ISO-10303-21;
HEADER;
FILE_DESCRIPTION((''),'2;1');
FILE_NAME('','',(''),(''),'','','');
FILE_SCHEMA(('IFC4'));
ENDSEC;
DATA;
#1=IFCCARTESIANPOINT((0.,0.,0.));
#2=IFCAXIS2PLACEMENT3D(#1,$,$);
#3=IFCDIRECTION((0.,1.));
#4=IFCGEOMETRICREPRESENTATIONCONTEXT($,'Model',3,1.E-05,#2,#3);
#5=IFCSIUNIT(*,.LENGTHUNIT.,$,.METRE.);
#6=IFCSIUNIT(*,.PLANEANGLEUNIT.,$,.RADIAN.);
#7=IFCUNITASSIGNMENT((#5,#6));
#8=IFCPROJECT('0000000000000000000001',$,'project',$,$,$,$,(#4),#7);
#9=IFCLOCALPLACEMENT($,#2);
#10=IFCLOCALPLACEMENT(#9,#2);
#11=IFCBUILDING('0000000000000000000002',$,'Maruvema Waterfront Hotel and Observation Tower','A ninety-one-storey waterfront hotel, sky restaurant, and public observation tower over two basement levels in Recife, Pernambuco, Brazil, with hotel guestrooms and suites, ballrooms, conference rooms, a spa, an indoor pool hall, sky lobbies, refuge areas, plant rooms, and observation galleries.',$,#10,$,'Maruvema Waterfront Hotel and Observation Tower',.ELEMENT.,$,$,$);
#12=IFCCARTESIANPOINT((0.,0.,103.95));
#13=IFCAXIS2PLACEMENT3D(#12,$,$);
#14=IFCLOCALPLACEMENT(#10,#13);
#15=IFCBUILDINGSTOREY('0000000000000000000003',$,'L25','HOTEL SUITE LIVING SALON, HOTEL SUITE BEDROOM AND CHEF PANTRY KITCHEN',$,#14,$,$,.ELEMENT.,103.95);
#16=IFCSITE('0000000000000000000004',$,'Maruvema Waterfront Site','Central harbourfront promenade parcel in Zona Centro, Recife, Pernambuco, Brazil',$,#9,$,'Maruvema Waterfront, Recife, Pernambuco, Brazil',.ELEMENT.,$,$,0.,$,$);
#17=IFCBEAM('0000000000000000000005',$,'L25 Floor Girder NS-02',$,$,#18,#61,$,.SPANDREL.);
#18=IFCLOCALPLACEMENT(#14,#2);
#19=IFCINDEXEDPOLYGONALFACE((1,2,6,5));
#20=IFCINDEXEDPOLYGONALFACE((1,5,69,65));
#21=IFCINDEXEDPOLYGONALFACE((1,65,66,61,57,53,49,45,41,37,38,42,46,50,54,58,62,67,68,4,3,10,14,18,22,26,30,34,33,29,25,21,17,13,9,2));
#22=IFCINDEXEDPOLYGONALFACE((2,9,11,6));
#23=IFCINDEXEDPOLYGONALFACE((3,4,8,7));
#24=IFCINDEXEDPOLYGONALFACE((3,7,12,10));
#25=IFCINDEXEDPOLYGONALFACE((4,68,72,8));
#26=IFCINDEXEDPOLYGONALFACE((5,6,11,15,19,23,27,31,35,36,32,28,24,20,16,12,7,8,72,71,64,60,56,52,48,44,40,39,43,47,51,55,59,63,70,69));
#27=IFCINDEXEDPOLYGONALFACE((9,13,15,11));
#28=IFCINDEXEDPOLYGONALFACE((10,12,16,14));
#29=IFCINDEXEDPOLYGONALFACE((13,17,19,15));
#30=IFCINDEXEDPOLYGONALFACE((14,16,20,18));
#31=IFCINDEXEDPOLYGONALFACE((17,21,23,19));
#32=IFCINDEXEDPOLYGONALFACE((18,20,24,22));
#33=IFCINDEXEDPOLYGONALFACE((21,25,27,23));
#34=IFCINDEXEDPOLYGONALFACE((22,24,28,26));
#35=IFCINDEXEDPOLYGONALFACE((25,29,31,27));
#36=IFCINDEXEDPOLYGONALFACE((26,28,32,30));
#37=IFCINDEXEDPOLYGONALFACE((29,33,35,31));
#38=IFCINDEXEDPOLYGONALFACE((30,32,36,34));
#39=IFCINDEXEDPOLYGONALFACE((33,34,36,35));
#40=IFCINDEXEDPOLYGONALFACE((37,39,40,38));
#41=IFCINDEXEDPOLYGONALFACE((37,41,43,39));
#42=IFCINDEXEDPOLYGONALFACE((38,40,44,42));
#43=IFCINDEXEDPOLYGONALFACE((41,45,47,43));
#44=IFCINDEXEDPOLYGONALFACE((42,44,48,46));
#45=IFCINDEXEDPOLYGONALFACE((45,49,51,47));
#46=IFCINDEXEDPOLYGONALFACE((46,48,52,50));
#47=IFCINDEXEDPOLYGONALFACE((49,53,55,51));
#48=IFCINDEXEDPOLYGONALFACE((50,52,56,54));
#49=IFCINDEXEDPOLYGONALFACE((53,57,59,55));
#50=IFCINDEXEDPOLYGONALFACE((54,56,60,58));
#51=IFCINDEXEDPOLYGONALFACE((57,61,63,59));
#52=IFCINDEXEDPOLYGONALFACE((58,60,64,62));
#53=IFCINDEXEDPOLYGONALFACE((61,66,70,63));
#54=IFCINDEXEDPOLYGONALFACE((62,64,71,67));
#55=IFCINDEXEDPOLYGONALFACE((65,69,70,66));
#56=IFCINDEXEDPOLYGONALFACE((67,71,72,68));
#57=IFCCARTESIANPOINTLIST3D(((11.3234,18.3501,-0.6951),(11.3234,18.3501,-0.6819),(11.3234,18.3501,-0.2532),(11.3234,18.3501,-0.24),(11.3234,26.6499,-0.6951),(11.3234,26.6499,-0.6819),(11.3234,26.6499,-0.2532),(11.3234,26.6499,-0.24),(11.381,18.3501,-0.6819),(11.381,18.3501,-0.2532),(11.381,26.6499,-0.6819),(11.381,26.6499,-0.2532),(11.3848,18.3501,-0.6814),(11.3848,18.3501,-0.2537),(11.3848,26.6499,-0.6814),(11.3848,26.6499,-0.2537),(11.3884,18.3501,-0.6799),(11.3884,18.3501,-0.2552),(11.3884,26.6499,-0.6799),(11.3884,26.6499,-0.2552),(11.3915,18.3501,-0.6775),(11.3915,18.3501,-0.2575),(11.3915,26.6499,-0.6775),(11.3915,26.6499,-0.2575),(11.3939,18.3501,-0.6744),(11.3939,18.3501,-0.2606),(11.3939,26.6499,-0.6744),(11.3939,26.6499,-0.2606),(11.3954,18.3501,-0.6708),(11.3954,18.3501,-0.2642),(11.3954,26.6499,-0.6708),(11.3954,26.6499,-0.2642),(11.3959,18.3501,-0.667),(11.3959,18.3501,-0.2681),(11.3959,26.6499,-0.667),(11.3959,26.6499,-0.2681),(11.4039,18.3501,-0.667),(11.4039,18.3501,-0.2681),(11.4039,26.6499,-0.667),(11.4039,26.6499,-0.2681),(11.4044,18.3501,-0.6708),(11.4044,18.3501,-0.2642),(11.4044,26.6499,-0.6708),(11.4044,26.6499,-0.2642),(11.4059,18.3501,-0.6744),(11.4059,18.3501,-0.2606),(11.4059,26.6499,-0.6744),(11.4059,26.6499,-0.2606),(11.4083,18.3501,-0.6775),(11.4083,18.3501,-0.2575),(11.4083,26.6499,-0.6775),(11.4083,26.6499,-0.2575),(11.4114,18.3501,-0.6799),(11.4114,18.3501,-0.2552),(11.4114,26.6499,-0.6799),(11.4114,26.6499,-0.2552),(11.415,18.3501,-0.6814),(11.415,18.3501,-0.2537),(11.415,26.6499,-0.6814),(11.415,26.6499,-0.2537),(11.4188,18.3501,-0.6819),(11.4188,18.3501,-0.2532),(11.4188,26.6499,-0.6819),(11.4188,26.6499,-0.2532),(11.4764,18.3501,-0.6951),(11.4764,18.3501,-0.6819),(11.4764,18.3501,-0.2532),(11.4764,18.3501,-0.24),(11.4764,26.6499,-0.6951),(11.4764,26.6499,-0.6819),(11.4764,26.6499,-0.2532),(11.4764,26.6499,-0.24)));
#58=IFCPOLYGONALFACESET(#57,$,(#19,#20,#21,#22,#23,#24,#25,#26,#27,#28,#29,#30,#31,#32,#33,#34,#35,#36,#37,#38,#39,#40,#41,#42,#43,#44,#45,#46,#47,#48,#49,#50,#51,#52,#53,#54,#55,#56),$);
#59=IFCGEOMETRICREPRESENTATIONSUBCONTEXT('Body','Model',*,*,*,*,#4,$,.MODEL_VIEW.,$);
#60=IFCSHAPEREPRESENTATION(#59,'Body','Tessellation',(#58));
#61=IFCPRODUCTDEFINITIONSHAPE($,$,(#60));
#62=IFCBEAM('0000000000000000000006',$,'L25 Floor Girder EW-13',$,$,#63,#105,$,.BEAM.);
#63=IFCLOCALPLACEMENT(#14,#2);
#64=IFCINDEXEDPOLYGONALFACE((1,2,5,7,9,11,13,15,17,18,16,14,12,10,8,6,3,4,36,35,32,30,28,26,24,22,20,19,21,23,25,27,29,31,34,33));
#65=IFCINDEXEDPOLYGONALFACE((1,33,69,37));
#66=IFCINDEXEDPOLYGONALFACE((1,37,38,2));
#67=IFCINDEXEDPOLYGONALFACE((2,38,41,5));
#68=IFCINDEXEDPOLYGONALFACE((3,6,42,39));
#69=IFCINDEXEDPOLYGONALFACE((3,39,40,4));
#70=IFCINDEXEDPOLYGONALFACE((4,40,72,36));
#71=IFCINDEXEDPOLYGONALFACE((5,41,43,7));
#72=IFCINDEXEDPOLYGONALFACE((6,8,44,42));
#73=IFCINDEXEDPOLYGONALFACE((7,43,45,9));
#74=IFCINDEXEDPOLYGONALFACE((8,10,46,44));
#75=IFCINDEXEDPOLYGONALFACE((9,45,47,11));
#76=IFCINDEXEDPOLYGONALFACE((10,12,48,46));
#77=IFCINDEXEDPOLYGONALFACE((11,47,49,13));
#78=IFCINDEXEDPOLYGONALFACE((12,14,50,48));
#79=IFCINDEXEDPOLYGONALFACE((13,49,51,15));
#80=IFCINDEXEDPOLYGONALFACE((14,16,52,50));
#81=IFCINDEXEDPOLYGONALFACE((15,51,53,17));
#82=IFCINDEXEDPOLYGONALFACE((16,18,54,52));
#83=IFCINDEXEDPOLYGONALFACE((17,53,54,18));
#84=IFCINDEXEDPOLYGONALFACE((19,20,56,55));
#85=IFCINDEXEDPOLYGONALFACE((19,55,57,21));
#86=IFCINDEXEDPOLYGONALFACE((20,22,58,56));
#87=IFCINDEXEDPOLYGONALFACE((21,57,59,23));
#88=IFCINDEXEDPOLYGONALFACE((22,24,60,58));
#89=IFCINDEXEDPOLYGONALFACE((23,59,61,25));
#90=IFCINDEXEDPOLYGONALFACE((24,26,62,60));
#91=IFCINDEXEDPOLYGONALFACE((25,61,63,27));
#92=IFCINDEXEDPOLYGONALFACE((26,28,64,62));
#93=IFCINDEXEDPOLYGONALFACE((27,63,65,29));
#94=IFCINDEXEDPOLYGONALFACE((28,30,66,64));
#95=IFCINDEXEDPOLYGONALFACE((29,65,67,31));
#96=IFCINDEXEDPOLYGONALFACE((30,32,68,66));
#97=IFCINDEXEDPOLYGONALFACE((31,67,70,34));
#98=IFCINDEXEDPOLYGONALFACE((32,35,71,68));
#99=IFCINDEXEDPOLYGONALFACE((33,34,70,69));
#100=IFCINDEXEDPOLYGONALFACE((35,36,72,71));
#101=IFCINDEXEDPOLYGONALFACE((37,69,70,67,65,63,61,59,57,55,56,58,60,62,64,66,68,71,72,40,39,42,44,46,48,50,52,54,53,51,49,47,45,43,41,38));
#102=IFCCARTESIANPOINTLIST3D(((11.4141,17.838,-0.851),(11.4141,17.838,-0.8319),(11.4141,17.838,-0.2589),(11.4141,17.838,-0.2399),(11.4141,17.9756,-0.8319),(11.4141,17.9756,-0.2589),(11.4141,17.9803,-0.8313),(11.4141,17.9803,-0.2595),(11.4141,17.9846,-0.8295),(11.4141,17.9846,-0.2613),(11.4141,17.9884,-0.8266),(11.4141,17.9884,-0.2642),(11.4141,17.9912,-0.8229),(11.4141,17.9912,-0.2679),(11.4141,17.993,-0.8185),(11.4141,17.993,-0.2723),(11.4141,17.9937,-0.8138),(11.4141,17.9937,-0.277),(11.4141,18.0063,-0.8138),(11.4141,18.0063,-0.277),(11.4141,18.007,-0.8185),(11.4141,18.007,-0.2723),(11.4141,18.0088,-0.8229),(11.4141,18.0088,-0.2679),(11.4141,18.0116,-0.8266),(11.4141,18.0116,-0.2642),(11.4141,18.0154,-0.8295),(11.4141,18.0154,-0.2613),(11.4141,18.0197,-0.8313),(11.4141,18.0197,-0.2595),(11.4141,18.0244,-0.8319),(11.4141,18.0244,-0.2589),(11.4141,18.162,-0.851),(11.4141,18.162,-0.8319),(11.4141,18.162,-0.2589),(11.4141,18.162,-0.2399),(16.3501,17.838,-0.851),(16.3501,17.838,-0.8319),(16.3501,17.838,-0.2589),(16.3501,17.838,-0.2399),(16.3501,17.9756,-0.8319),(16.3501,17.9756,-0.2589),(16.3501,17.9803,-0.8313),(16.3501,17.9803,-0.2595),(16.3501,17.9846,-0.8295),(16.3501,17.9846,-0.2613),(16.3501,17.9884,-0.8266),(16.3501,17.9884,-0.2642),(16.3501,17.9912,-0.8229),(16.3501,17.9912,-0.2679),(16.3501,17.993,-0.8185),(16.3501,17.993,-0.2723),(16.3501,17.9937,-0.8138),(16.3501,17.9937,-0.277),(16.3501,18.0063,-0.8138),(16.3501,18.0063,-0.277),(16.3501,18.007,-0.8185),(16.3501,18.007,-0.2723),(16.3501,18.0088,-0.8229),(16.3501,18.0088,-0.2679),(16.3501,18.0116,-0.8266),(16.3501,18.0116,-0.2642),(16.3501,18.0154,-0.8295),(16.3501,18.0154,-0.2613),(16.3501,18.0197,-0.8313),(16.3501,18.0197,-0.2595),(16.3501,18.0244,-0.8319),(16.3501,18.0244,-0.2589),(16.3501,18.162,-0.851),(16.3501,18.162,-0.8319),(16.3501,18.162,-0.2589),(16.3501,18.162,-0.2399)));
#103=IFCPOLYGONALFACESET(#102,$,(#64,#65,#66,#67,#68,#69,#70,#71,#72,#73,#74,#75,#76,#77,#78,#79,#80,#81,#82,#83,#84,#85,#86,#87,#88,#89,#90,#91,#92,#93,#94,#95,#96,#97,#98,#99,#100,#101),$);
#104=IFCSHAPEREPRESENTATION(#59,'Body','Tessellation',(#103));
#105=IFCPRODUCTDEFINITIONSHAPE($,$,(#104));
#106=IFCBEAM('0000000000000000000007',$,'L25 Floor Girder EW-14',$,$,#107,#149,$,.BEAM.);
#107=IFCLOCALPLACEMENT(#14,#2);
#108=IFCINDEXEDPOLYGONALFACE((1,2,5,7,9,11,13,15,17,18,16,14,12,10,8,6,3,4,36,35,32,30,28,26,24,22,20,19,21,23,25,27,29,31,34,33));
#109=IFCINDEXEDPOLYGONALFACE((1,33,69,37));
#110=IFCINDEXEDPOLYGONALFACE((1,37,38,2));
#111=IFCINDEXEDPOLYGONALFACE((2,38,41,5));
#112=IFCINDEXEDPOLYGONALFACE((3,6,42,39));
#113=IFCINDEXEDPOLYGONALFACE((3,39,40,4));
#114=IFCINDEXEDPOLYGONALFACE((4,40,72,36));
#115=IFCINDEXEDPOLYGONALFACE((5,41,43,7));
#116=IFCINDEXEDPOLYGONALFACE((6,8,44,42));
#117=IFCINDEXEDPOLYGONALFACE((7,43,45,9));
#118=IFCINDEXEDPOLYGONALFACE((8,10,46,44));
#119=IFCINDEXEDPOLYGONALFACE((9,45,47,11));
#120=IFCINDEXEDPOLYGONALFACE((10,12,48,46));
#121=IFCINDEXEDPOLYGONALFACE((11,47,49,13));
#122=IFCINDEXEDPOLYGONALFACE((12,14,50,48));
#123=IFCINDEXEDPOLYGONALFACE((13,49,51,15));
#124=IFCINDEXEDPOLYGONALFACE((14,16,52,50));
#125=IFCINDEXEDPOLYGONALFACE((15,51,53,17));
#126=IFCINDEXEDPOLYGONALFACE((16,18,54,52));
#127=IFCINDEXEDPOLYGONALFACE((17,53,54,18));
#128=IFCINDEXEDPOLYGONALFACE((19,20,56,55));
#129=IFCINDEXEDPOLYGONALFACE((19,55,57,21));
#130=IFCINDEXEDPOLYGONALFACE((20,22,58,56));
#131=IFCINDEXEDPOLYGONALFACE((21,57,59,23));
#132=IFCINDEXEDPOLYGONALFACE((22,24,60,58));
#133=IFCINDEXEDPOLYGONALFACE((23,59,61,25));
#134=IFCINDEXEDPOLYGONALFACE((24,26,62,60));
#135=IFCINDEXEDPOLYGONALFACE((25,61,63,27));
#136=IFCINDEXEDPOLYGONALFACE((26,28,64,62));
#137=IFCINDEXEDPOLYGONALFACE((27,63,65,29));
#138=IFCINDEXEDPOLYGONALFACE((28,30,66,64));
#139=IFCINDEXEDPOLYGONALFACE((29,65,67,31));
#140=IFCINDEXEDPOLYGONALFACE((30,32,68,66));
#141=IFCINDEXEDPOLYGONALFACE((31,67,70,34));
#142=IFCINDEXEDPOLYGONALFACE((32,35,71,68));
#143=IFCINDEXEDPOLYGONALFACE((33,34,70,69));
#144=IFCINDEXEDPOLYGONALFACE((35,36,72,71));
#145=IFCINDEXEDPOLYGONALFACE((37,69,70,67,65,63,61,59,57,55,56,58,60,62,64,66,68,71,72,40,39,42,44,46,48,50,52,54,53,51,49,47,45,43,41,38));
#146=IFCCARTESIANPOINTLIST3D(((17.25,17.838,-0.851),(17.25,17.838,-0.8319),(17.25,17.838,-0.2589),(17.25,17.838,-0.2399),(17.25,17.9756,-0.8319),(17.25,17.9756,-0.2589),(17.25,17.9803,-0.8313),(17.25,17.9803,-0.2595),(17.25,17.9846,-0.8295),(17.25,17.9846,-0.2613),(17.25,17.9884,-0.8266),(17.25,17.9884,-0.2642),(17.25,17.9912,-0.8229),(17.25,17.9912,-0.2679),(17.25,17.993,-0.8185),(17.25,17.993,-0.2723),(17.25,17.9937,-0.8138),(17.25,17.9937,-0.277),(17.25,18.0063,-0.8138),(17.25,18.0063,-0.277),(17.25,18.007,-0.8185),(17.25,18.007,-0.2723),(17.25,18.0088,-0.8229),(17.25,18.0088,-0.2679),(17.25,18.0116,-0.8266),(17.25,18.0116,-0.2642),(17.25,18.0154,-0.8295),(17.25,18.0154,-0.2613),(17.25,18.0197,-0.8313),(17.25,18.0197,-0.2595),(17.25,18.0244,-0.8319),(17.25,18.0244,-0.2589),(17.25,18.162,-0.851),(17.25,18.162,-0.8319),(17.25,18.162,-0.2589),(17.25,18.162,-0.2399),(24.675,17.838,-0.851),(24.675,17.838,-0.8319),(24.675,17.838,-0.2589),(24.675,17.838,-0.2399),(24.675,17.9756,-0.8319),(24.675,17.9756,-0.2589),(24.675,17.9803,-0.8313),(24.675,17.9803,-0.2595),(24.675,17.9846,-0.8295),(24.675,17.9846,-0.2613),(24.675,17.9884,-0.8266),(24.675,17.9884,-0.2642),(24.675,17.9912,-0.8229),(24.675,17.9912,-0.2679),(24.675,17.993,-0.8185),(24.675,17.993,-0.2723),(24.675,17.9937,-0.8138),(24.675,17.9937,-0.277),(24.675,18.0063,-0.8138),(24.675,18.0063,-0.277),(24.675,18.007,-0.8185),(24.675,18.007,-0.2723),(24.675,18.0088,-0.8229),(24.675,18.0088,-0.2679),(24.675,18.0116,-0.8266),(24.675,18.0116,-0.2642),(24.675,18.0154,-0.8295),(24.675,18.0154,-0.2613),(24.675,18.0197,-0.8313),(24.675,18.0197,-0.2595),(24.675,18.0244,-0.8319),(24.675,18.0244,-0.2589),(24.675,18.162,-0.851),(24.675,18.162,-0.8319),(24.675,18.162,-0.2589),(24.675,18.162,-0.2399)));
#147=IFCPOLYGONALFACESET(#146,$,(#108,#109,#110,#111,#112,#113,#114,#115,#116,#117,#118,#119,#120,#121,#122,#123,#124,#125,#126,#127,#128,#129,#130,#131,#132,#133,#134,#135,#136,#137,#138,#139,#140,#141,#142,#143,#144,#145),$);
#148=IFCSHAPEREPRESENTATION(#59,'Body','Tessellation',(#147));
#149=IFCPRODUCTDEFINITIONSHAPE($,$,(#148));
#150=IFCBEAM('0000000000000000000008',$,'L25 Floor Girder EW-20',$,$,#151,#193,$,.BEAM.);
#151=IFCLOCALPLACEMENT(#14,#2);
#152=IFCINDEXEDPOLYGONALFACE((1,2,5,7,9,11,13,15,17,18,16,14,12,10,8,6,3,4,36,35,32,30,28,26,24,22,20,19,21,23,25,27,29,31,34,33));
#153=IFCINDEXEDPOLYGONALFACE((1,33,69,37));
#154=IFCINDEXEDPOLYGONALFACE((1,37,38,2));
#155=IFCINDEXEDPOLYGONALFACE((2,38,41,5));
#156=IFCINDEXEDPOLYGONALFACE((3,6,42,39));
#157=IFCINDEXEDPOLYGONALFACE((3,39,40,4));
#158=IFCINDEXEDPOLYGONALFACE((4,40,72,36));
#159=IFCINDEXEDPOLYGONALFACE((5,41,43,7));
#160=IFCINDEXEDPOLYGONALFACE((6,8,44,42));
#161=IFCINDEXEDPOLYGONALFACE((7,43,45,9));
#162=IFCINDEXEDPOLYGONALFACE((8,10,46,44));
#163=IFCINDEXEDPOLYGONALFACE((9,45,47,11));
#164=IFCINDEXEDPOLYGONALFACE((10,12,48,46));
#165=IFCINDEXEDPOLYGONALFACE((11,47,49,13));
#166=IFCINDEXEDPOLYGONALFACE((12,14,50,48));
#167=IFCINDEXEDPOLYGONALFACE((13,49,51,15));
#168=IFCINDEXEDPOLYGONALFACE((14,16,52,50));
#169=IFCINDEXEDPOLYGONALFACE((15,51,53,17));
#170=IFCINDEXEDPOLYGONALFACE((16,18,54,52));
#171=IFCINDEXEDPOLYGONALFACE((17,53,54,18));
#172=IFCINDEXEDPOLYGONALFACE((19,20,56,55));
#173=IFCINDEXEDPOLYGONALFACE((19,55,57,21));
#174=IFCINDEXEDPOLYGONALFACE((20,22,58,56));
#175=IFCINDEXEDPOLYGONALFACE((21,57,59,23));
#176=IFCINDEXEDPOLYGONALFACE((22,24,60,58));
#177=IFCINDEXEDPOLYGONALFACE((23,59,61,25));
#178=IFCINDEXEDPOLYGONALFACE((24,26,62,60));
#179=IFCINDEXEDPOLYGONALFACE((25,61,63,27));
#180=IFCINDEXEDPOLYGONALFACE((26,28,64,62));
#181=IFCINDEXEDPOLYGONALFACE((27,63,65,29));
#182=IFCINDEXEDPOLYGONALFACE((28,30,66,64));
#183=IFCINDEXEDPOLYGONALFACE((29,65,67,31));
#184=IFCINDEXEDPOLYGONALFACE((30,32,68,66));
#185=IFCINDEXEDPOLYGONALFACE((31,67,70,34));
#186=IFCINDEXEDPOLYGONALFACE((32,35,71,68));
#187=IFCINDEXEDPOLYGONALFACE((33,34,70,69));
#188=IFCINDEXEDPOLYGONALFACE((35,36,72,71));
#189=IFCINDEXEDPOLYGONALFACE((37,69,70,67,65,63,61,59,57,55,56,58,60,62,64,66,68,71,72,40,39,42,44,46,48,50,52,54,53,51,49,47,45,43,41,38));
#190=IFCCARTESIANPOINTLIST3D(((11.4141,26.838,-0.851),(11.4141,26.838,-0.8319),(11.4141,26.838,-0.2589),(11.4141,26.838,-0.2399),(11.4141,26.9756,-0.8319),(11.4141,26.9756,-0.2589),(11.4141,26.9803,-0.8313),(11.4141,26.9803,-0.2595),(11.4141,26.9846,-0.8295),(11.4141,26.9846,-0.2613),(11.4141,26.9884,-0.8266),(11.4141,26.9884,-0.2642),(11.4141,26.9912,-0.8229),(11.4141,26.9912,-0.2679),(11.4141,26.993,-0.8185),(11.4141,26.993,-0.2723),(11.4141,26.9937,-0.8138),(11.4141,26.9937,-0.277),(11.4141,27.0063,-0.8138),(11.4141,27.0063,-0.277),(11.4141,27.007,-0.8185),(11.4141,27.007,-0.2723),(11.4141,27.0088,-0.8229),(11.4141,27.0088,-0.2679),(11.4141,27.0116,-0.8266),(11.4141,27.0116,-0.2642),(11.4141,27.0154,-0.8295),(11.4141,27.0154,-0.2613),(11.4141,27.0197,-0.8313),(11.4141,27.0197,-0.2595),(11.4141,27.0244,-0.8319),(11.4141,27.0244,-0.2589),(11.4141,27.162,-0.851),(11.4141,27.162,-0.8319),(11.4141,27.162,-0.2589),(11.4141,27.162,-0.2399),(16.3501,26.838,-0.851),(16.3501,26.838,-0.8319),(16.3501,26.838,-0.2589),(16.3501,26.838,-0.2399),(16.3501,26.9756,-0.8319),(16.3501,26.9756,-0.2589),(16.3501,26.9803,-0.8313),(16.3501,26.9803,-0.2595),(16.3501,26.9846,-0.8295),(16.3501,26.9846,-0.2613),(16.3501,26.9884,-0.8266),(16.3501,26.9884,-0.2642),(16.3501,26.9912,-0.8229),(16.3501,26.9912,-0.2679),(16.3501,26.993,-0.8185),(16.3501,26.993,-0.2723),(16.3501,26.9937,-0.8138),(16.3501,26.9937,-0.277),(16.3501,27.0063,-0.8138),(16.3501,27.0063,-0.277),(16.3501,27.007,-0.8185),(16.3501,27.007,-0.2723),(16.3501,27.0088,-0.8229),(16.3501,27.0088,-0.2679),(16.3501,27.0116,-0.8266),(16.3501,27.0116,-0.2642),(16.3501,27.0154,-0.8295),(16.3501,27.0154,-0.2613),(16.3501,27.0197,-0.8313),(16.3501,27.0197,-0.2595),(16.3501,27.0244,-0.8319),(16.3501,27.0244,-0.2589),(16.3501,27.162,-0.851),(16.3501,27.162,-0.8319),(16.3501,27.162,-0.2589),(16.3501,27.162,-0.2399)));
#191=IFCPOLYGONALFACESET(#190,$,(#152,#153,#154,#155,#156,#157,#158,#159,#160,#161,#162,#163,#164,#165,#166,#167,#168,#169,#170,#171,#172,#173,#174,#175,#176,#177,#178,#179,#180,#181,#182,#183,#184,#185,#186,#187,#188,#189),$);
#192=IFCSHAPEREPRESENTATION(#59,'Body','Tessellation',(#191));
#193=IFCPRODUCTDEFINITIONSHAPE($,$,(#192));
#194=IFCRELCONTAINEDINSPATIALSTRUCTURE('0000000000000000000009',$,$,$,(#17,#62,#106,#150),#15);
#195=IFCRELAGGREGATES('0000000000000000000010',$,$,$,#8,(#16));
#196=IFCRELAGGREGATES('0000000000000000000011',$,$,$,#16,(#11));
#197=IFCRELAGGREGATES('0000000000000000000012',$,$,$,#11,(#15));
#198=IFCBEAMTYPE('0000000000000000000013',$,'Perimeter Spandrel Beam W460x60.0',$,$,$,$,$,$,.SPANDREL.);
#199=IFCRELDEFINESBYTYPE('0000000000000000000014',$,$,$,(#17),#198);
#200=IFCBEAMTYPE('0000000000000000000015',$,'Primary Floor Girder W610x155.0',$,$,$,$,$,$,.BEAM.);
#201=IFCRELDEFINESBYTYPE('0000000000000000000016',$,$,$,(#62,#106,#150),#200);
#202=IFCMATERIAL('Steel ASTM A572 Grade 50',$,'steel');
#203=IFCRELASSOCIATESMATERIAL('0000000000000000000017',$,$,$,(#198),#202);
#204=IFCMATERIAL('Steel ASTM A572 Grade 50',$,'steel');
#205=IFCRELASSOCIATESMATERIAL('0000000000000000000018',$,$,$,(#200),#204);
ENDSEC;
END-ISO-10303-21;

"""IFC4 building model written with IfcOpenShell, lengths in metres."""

from ifc_helpers import new_model, si_unit, direction, frame, origin, origin_2d, place, context, subcontext, project, spatial, i_section, extrude, material, material_profile, profile_set, type_object, element, save


model = new_model("IFC4")

# Units and contexts
model_context = context("Model", 3, precision=1e-05, world=origin(), true_north=direction((0.0, 1.0)))
body_context = subcontext(model_context, "Body", "Model", "MODEL_VIEW")
ifc_project = project(units=[si_unit("LENGTHUNIT", "METRE"), si_unit("PLANEANGLEUNIT", "RADIAN")], contexts=[model_context])

# Site, building, storey
site_placement = place(None, origin())
site = spatial("IfcSite", under=ifc_project, at=site_placement, Name="Maruvema Waterfront Site", Description="Central harbourfront promenade parcel in Zona Centro, Recife, Pernambuco, Brazil", LongName="Maruvema Waterfront, Recife, Pernambuco, Brazil", CompositionType="ELEMENT", RefElevation=0.0)
building_placement = place(site_placement, origin())
building = spatial("IfcBuilding", under=site, at=building_placement, Name="Maruvema Waterfront Hotel and Observation Tower", Description="A ninety-one-storey waterfront hotel, sky restaurant, and public observation tower over two basement levels in Recife, Pernambuco, Brazil, with hotel guestrooms and suites, ballrooms, conference rooms, a spa, an indoor pool hall, sky lobbies, refuge areas, plant rooms, and observation galleries.", LongName="Maruvema Waterfront Hotel and Observation Tower", CompositionType="ELEMENT")
storey_placement = place(building_placement, frame((0.0, 0.0, 103.95)))
storey = spatial("IfcBuildingStorey", under=building, at=storey_placement, Name="L25", Description="HOTEL SUITE LIVING SALON, HOTEL SUITE BEDROOM AND CHEF PANTRY KITCHEN", CompositionType="ELEMENT", Elevation=103.95)

# Beams
ifc_material_1 = material(Name="Steel ASTM A572 Grade 50", Category="steel")
ifc_material_profile_1 = material_profile(ifc_material_1, i_section(OverallWidth=0.1531, OverallDepth=0.4551, WebThickness=0.0081, FlangeThickness=0.0132, FilletRadius=0.0149, at=origin_2d()), Name="W460x60.0")
ifc_profile_set_1 = profile_set([ifc_material_profile_1], Name="Steel ASTM A572 Grade 50")
beam_type_1 = type_object("IfcBeamType", Name="Perimeter Spandrel Beam W460x60.0", PredefinedType="SPANDREL", material=ifc_profile_set_1)
beam_1_placement = place(storey_placement, frame((11.3999, 18.3501, -0.4675), z_axis=(0.0, 1.0, 0.0), x_axis=(-1.0, 0.0, 0.0)))
element("IfcBeam", 1, at=beam_1_placement, inside=storey, type_object=beam_type_1, Name="L25 Floor Girder NS-02", PredefinedType="SPANDREL", context=body_context, shape_type="SweptSolid", body=[
    extrude(i_section(OverallWidth=0.1531, OverallDepth=0.4551, WebThickness=0.0081, FlangeThickness=0.0132, FilletRadius=0.0149, at=origin_2d()), origin(), (0.0, 0.0, 1.0), 8.2998),
])
ifc_material_2 = material(Name="Steel ASTM A572 Grade 50", Category="steel")
ifc_material_profile_2 = material_profile(ifc_material_2, i_section(OverallWidth=0.324, OverallDepth=0.6111, WebThickness=0.0127, FlangeThickness=0.019, FilletRadius=0.0181, at=origin_2d()), Name="W610x155.0")
ifc_profile_set_2 = profile_set([ifc_material_profile_2], Name="Steel ASTM A572 Grade 50")
beam_type_2 = type_object("IfcBeamType", Name="Primary Floor Girder W610x155.0", PredefinedType="BEAM", material=ifc_profile_set_2)
beam_2_placement = place(storey_placement, frame((11.4141, 18.0, -0.5454), z_axis=(1.0, 0.0, 0.0), x_axis=(0.0, 1.0, 0.0)))
element("IfcBeam", 2, at=beam_2_placement, inside=storey, type_object=beam_type_2, Name="L25 Floor Girder EW-13", PredefinedType="BEAM", context=body_context, shape_type="SweptSolid", body=[
    extrude(i_section(OverallWidth=0.324, OverallDepth=0.6111, WebThickness=0.0127, FlangeThickness=0.019, FilletRadius=0.0181, at=origin_2d()), origin(), (0.0, 0.0, 1.0), 4.936),
])
beam_3_placement = place(storey_placement, frame((17.25, 18.0, -0.5454), z_axis=(1.0, 0.0, 0.0), x_axis=(0.0, 1.0, 0.0)))
element("IfcBeam", 3, at=beam_3_placement, inside=storey, type_object=beam_type_2, Name="L25 Floor Girder EW-14", PredefinedType="BEAM", context=body_context, shape_type="SweptSolid", body=[
    extrude(i_section(OverallWidth=0.324, OverallDepth=0.6111, WebThickness=0.0127, FlangeThickness=0.019, FilletRadius=0.0181, at=origin_2d()), origin(), (0.0, 0.0, 1.0), 7.425),
])
beam_4_placement = place(storey_placement, frame((11.4141, 27.0, -0.5454), z_axis=(1.0, 0.0, 0.0), x_axis=(0.0, 1.0, 0.0)))
element("IfcBeam", 4, at=beam_4_placement, inside=storey, type_object=beam_type_2, Name="L25 Floor Girder EW-20", PredefinedType="BEAM", context=body_context, shape_type="SweptSolid", body=[
    extrude(i_section(OverallWidth=0.324, OverallDepth=0.6111, WebThickness=0.0127, FlangeThickness=0.019, FilletRadius=0.0181, at=origin_2d()), origin(), (0.0, 0.0, 1.0), 4.936),
])

save(model, "model.ifc")
